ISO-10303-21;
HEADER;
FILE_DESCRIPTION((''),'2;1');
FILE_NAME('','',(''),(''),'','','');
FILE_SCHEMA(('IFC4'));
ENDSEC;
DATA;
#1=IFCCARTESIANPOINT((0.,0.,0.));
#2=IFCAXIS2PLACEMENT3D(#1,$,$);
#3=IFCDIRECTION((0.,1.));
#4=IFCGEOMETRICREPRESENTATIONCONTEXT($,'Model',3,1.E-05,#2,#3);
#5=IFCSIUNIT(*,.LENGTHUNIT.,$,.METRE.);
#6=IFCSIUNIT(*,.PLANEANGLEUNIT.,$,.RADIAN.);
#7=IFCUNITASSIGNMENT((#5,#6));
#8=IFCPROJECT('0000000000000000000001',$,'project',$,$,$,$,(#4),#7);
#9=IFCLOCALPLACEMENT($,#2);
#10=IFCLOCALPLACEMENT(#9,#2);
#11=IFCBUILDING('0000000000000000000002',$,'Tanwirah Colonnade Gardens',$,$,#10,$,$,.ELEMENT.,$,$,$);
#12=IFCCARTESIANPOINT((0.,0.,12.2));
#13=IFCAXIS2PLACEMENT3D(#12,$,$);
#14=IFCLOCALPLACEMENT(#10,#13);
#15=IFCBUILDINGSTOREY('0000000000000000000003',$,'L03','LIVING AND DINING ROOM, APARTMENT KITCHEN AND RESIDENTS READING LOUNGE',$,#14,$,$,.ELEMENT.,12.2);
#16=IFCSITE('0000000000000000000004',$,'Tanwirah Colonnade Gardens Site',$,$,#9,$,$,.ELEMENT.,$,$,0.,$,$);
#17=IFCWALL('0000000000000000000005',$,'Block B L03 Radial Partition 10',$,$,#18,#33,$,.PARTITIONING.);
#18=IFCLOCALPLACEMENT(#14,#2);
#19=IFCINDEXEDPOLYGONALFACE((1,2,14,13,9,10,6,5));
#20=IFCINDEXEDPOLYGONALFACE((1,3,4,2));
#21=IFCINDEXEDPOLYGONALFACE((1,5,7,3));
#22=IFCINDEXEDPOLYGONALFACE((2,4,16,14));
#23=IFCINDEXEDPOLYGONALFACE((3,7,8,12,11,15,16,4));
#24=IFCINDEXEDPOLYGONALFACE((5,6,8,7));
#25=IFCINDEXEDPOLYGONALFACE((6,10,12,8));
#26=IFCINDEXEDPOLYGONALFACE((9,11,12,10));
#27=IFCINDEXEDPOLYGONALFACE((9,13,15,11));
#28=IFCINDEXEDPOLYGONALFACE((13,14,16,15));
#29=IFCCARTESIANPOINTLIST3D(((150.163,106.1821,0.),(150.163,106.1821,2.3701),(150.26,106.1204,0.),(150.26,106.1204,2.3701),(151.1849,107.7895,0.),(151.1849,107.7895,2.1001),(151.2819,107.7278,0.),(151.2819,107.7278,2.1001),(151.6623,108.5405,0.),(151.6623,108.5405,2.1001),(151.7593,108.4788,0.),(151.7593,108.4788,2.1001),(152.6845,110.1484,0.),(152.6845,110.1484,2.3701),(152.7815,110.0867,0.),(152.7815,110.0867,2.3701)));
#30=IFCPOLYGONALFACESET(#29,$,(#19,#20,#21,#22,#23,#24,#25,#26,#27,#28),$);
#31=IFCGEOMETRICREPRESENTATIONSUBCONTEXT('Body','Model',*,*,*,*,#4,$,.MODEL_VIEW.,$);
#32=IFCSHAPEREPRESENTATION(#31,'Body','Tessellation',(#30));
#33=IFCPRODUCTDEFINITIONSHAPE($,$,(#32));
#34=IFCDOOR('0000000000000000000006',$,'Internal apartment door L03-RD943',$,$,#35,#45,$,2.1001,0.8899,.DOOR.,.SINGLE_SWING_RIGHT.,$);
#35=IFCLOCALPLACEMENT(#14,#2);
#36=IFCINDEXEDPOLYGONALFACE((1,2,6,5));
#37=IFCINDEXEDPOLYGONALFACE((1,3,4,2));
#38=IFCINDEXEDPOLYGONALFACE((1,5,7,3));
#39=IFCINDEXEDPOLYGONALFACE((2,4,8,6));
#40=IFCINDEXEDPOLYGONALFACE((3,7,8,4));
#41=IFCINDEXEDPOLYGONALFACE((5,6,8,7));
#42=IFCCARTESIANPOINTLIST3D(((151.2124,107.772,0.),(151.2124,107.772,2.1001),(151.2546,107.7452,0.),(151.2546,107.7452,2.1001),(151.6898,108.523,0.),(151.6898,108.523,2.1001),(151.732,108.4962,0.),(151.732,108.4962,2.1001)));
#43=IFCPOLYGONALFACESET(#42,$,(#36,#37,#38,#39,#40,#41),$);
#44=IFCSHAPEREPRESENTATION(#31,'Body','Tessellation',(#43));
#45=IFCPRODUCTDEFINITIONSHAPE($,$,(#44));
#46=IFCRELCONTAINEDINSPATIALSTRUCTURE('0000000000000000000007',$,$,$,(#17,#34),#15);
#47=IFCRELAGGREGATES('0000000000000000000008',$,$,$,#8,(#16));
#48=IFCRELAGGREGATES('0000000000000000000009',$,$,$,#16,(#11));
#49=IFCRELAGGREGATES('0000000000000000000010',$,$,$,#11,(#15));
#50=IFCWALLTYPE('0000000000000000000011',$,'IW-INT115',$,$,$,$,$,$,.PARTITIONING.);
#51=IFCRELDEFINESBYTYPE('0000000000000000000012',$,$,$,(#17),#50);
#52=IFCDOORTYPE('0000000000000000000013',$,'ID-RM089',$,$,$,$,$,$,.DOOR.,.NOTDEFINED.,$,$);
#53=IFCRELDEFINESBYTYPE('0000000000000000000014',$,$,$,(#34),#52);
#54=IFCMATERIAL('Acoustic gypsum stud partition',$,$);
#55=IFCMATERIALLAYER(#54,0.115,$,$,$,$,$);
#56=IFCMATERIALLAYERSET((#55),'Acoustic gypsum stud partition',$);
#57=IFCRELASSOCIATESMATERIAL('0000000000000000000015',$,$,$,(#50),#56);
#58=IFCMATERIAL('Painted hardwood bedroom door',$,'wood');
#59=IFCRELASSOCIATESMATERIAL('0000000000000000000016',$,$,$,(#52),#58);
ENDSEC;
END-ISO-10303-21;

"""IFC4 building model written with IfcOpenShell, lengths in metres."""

from ifc_helpers import new_model, si_unit, direction, frame, frame_2d, origin, place, context, subcontext, project, spatial, rectangle, extrude, material, layer, layer_set, type_object, element, fill, save


model = new_model("IFC4")

# Units and contexts
model_context = context("Model", 3, precision=1e-05, world=origin(), true_north=direction((0.0, 1.0)))
body_context = subcontext(model_context, "Body", "Model", "MODEL_VIEW")
ifc_project = project(units=[si_unit("LENGTHUNIT", "METRE"), si_unit("PLANEANGLEUNIT", "RADIAN")], contexts=[model_context])

# Site, building, storey
site_placement = place(None, origin())
site = spatial("IfcSite", under=ifc_project, at=site_placement, Name="Tanwirah Colonnade Gardens Site", CompositionType="ELEMENT", RefElevation=0.0)
building_placement = place(site_placement, origin())
building = spatial("IfcBuilding", under=site, at=building_placement, Name="Tanwirah Colonnade Gardens", CompositionType="ELEMENT")
storey_placement = place(building_placement, frame((0.0, 0.0, 12.2)))
storey = spatial("IfcBuildingStorey", under=building, at=storey_placement, Name="L03", Description="LIVING AND DINING ROOM, APARTMENT KITCHEN AND RESIDENTS READING LOUNGE", CompositionType="ELEMENT", Elevation=12.2)

# Wall, opening, door
ifc_material_1 = material(Name="Acoustic gypsum stud partition")
ifc_layer_1 = layer(ifc_material_1, 0.115)
ifc_layer_set_1 = layer_set([ifc_layer_1], Name="Acoustic gypsum stud partition")
wall_type_1 = type_object("IfcWallType", Name="IW-INT115", PredefinedType="PARTITIONING", material=ifc_layer_set_1)
wall_1_placement = place(storey_placement, frame((150.2114, 106.1511, 0.0), z_axis=(0.0, 0.0, 1.0), x_axis=(0.536492, 0.843905, 0.0)))
wall_1 = element("IfcWall", 1, at=wall_1_placement, inside=storey, type_object=wall_type_1, Name="Block B L03 Radial Partition 10", PredefinedType="PARTITIONING", context=body_context, shape_type="SweptSolid", body=[
    extrude(rectangle(XDim=4.7, YDim=0.115, at=frame_2d((2.3501, 0.0))), origin(), (0.0, 0.0, 1.0), 2.3701),
])
opening_1_placement = place(wall_1_placement, frame((1.905, 0.0, 0.0)))
opening_1 = element("IfcOpeningElement", 2, at=opening_1_placement, cuts=wall_1, PredefinedType="OPENING", context=body_context, shape_type="SweptSolid", body=[
    extrude(rectangle(XDim=0.8899, YDim=2.1001, at=frame_2d((0.4448, 1.05))), frame((0.0, 0.0674, 0.0), z_axis=(0.0, -1.0, 0.0), x_axis=(1.0, 0.0, 0.0)), (0.0, 0.0, 1.0), 0.135),
])
ifc_material_2 = material(Name="Painted hardwood bedroom door", Category="wood")
door_type_1 = type_object("IfcDoorType", Name="ID-RM089", OperationType="NOTDEFINED", PredefinedType="DOOR", material=ifc_material_2)
door_1_placement = place(opening_1_placement, origin())
door_1 = element("IfcDoor", 3, at=door_1_placement, inside=storey, type_object=door_type_1, Name="Internal apartment door L03-RD943", OperationType="SINGLE_SWING_RIGHT", OverallHeight=2.1001, OverallWidth=0.8899, PredefinedType="DOOR", context=body_context, shape_type="SweptSolid", body=[
    extrude(rectangle(XDim=0.8899, YDim=2.1001, at=frame_2d((0.4448, 1.05))), frame((0.0, 0.0249, 0.0), z_axis=(0.0, -1.0, 0.0), x_axis=(1.0, 0.0, 0.0)), (0.0, 0.0, 1.0), 0.05),
])
fill(opening_1, door_1)

save(model, "model.ifc")
